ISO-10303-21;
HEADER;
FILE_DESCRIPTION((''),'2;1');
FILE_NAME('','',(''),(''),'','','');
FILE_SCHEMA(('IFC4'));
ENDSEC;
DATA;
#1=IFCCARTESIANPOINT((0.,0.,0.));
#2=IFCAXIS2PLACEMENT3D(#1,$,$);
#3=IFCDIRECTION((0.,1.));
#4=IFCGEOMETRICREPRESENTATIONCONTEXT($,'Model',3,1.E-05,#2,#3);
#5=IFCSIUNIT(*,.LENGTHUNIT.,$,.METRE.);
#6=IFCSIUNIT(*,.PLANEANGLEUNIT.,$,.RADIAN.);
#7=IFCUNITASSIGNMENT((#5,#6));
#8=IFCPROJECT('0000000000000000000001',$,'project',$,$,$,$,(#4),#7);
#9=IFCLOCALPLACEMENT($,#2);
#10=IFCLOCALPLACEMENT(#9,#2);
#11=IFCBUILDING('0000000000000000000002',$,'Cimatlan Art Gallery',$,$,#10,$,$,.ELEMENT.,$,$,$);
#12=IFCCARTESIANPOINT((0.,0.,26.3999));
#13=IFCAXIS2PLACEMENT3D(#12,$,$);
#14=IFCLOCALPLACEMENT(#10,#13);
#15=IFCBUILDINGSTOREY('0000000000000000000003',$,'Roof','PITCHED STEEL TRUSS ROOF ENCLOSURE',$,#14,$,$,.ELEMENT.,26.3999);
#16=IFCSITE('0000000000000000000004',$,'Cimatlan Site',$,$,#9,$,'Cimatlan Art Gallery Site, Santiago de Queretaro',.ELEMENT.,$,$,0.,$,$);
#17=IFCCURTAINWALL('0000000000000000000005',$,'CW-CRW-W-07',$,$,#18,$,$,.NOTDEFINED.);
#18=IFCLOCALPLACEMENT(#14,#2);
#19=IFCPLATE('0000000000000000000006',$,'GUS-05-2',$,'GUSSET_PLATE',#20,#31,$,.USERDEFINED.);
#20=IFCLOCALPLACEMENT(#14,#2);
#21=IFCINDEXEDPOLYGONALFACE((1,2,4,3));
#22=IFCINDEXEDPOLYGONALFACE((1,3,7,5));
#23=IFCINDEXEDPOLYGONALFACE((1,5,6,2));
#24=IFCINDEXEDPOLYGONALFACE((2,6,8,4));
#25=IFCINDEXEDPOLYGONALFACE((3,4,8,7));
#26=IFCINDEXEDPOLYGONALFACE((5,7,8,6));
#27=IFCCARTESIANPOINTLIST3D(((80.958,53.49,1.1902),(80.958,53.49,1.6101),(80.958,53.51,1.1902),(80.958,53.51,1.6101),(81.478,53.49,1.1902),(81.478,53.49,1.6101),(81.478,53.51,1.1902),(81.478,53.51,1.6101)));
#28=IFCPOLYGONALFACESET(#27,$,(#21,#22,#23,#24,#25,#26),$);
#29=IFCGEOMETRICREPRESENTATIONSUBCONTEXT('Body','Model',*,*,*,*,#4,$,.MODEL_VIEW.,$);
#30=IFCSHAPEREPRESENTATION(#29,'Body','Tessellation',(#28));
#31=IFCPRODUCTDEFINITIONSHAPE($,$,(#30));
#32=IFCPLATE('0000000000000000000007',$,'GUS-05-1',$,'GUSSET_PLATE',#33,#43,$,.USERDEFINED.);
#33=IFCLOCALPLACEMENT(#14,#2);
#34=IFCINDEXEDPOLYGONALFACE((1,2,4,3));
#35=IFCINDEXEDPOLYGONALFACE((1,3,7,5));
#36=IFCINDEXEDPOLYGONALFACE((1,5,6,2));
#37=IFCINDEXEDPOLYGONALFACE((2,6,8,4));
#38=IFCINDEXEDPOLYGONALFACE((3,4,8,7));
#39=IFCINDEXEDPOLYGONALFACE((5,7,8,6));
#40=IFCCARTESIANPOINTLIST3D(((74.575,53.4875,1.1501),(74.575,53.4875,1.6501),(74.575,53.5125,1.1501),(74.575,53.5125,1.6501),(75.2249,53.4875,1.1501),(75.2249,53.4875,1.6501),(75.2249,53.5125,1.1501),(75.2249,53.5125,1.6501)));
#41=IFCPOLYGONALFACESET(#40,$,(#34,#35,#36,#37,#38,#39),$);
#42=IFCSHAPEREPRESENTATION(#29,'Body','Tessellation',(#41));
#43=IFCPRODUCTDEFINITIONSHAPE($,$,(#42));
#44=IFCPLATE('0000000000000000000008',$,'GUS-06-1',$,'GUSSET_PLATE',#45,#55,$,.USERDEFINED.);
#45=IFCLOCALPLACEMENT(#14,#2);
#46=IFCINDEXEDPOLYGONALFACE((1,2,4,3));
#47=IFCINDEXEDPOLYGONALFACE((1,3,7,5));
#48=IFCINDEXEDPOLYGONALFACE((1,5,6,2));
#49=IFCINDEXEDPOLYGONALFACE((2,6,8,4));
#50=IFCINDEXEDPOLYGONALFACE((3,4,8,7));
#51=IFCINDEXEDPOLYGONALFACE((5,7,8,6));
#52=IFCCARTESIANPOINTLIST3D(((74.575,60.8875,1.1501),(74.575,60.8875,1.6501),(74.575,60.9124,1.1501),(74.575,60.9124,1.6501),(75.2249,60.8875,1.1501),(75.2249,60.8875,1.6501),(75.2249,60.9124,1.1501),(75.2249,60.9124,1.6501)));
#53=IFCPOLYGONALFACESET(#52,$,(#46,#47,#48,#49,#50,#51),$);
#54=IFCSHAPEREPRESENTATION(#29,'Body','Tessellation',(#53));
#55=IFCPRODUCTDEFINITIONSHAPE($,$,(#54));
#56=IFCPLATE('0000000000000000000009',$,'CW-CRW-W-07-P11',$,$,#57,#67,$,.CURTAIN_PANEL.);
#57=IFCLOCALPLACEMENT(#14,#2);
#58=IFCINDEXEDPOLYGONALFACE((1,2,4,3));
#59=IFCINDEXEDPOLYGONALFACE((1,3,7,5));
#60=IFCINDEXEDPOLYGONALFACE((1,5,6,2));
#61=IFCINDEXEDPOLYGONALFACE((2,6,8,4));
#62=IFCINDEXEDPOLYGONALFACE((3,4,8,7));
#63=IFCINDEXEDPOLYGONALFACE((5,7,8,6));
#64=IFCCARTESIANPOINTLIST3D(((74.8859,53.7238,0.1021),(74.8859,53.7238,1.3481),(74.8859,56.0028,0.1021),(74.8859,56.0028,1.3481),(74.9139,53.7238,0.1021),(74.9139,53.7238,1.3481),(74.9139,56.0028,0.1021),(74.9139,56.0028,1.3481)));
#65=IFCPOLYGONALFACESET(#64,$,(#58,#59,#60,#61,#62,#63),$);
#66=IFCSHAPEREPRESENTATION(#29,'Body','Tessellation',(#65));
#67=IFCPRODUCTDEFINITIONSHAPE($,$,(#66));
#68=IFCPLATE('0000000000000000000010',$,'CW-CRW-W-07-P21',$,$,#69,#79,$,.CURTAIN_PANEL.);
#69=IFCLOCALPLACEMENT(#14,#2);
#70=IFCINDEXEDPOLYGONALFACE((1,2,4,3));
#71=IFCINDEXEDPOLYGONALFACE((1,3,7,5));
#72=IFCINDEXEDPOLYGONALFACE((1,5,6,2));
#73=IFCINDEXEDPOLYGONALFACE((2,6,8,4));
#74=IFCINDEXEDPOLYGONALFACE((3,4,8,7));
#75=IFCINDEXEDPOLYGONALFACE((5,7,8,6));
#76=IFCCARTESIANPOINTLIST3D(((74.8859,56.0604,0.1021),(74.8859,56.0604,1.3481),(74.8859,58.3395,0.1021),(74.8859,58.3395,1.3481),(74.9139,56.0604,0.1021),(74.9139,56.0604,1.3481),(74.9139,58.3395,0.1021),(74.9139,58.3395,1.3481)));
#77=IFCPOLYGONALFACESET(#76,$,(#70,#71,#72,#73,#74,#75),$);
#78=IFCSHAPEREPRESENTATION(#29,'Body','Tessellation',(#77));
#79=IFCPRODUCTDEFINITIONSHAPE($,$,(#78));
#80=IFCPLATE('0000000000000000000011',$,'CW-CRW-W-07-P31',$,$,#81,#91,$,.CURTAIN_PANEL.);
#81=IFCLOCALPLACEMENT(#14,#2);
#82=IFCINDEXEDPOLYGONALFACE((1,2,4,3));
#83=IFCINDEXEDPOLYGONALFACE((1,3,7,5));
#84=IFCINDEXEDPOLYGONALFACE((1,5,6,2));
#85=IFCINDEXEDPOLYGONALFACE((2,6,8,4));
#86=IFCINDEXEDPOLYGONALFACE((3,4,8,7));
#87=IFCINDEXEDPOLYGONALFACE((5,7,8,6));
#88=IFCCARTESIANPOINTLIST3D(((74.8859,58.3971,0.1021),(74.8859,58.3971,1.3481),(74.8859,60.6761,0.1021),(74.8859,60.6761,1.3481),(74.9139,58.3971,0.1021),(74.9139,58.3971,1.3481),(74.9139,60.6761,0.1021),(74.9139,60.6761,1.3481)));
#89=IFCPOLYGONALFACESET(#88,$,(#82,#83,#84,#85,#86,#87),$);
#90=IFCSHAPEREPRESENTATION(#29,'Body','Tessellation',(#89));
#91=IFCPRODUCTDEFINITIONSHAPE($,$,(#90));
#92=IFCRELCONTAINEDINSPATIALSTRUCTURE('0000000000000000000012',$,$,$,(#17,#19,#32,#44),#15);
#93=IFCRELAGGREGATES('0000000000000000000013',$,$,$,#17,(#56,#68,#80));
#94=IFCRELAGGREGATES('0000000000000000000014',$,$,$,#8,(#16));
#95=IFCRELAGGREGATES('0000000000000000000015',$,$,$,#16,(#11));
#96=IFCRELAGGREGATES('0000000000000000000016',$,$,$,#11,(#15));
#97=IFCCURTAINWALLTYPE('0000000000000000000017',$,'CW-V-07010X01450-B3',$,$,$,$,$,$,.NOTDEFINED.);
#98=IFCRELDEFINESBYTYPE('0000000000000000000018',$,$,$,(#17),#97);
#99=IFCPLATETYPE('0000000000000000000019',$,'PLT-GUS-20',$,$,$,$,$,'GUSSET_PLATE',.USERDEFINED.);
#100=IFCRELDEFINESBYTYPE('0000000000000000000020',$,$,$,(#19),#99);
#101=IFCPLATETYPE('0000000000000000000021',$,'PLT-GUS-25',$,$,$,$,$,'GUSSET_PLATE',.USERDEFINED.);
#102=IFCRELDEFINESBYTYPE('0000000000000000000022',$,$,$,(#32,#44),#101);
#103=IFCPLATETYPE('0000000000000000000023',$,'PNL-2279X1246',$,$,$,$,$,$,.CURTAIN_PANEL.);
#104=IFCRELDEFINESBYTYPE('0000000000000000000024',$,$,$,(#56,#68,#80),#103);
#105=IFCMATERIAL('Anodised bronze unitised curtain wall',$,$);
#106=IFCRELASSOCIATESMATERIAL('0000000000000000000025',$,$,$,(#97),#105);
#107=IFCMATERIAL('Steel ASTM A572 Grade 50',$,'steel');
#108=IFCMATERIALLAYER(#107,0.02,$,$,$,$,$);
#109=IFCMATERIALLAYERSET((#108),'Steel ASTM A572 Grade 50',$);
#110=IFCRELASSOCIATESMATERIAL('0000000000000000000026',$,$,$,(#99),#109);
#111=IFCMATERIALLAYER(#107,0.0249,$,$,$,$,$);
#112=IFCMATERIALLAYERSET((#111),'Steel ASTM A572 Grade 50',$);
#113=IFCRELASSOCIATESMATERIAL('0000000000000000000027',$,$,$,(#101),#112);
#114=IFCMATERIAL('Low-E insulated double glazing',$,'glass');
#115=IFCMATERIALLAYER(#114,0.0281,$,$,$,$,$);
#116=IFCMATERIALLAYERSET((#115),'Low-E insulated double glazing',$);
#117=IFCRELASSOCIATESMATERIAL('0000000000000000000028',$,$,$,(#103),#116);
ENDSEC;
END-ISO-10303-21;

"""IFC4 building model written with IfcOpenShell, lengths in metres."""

from ifc_helpers import new_model, si_unit, direction, frame, origin, origin_2d, place, context, subcontext, project, spatial, rectangle, extrude, material, layer, layer_set, type_object, element, aggregate, save


model = new_model("IFC4")

# Units and contexts
model_context = context("Model", 3, precision=1e-05, world=origin(), true_north=direction((0.0, 1.0)))
body_context = subcontext(model_context, "Body", "Model", "MODEL_VIEW")
ifc_project = project(units=[si_unit("LENGTHUNIT", "METRE"), si_unit("PLANEANGLEUNIT", "RADIAN")], contexts=[model_context])

# Site, building, storey
site_placement = place(None, origin())
site = spatial("IfcSite", under=ifc_project, at=site_placement, Name="Cimatlan Site", LongName="Cimatlan Art Gallery Site, Santiago de Queretaro", CompositionType="ELEMENT", RefElevation=0.0)
building_placement = place(site_placement, origin())
building = spatial("IfcBuilding", under=site, at=building_placement, Name="Cimatlan Art Gallery", CompositionType="ELEMENT")
storey_placement = place(building_placement, frame((0.0, 0.0, 26.3999)))
storey = spatial("IfcBuildingStorey", under=building, at=storey_placement, Name="Roof", Description="PITCHED STEEL TRUSS ROOF ENCLOSURE", CompositionType="ELEMENT", Elevation=26.3999)

# Curtain wall
ifc_material_1 = material(Name="Anodised bronze unitised curtain wall")
curtain_wall_type = type_object("IfcCurtainWallType", Name="CW-V-07010X01450-B3", PredefinedType="NOTDEFINED", material=ifc_material_1)
curtain_wall_placement = place(storey_placement, origin())
curtain_wall = element("IfcCurtainWall", 1, at=curtain_wall_placement, inside=storey, type_object=curtain_wall_type, Name="CW-CRW-W-07", PredefinedType="NOTDEFINED")

# Plates
ifc_material_2 = material(Name="Steel ASTM A572 Grade 50", Category="steel")
ifc_layer_1 = layer(ifc_material_2, 0.02)
ifc_layer_set_1 = layer_set([ifc_layer_1], Name="Steel ASTM A572 Grade 50")
plate_type_1 = type_object("IfcPlateType", Name="PLT-GUS-20", ElementType="GUSSET_PLATE", PredefinedType="USERDEFINED", material=ifc_layer_set_1)
plate_1_placement = place(storey_placement, frame((81.218, 53.5, 1.1902), z_axis=(0.0, 0.0, 1.0), x_axis=(1.0, 0.0, 0.0)))
element("IfcPlate", 2, at=plate_1_placement, inside=storey, type_object=plate_type_1, Name="GUS-05-2", ObjectType="GUSSET_PLATE", PredefinedType="USERDEFINED", context=body_context, shape_type="SweptSolid", body=[
    extrude(rectangle(XDim=0.52, YDim=0.02, at=origin_2d()), origin(), (0.0, 0.0, 1.0), 0.4199),
])
ifc_layer_2 = layer(ifc_material_2, 0.0249)
ifc_layer_set_2 = layer_set([ifc_layer_2], Name="Steel ASTM A572 Grade 50")
plate_type_2 = type_object("IfcPlateType", Name="PLT-GUS-25", ElementType="GUSSET_PLATE", PredefinedType="USERDEFINED", material=ifc_layer_set_2)
for number, where, z_axis, x_axis, name in (
    (3, (74.8999, 53.5, 1.1501), (0.0, 0.0, 1.0), (1.0, 0.0, 0.0), "GUS-05-1"),
    (4, (74.8999, 60.8999, 1.1501), (0.0, 0.0, 1.0), (1.0, 0.0, 0.0), "GUS-06-1"),
):
    element("IfcPlate", number, at=place(storey_placement, frame(where, z_axis=z_axis, x_axis=x_axis)), inside=storey, type_object=plate_type_2, Name=name, ObjectType="GUSSET_PLATE", PredefinedType="USERDEFINED", context=body_context, shape_type="SweptSolid", body=[
        extrude(rectangle(XDim=0.6499, YDim=0.0249, at=origin_2d()), origin(), (0.0, 0.0, 1.0), 0.5),
    ])

# Plates
ifc_material_3 = material(Name="Low-E insulated double glazing", Category="glass")
ifc_layer_3 = layer(ifc_material_3, 0.0281)
ifc_layer_set_3 = layer_set([ifc_layer_3], Name="Low-E insulated double glazing")
plate_type_3 = type_object("IfcPlateType", Name="PNL-2279X1246", PredefinedType="CURTAIN_PANEL", material=ifc_layer_set_3)
plate_2_placement = place(storey_placement, frame((74.8999, 54.8633, 0.1021), z_axis=(0.0, 0.0, 1.0), x_axis=(0.0, 1.0, 0.0)))
plate_2 = element("IfcPlate", 5, at=plate_2_placement, type_object=plate_type_3, Name="CW-CRW-W-07-P11", PredefinedType="CURTAIN_PANEL", context=body_context, shape_type="SweptSolid", body=[
    extrude(rectangle(XDim=2.2791, YDim=0.0281, at=origin_2d()), origin(), (0.0, 0.0, 1.0), 1.2461),
])
plate_3_placement = place(storey_placement, frame((74.8999, 57.2, 0.1021), z_axis=(0.0, 0.0, 1.0), x_axis=(0.0, 1.0, 0.0)))
plate_3 = element("IfcPlate", 6, at=plate_3_placement, type_object=plate_type_3, Name="CW-CRW-W-07-P21", PredefinedType="CURTAIN_PANEL", context=body_context, shape_type="SweptSolid", body=[
    extrude(rectangle(XDim=2.2791, YDim=0.0281, at=origin_2d()), origin(), (0.0, 0.0, 1.0), 1.2461),
])
plate_4_placement = place(storey_placement, frame((74.8999, 59.5366, 0.1021), z_axis=(0.0, 0.0, 1.0), x_axis=(0.0, 1.0, 0.0)))
plate_4 = element("IfcPlate", 7, at=plate_4_placement, type_object=plate_type_3, Name="CW-CRW-W-07-P31", PredefinedType="CURTAIN_PANEL", context=body_context, shape_type="SweptSolid", body=[
    extrude(rectangle(XDim=2.2791, YDim=0.0281, at=origin_2d()), origin(), (0.0, 0.0, 1.0), 1.2461),
])
aggregate(curtain_wall, [plate_2, plate_3, plate_4])

save(model, "model.ifc")
